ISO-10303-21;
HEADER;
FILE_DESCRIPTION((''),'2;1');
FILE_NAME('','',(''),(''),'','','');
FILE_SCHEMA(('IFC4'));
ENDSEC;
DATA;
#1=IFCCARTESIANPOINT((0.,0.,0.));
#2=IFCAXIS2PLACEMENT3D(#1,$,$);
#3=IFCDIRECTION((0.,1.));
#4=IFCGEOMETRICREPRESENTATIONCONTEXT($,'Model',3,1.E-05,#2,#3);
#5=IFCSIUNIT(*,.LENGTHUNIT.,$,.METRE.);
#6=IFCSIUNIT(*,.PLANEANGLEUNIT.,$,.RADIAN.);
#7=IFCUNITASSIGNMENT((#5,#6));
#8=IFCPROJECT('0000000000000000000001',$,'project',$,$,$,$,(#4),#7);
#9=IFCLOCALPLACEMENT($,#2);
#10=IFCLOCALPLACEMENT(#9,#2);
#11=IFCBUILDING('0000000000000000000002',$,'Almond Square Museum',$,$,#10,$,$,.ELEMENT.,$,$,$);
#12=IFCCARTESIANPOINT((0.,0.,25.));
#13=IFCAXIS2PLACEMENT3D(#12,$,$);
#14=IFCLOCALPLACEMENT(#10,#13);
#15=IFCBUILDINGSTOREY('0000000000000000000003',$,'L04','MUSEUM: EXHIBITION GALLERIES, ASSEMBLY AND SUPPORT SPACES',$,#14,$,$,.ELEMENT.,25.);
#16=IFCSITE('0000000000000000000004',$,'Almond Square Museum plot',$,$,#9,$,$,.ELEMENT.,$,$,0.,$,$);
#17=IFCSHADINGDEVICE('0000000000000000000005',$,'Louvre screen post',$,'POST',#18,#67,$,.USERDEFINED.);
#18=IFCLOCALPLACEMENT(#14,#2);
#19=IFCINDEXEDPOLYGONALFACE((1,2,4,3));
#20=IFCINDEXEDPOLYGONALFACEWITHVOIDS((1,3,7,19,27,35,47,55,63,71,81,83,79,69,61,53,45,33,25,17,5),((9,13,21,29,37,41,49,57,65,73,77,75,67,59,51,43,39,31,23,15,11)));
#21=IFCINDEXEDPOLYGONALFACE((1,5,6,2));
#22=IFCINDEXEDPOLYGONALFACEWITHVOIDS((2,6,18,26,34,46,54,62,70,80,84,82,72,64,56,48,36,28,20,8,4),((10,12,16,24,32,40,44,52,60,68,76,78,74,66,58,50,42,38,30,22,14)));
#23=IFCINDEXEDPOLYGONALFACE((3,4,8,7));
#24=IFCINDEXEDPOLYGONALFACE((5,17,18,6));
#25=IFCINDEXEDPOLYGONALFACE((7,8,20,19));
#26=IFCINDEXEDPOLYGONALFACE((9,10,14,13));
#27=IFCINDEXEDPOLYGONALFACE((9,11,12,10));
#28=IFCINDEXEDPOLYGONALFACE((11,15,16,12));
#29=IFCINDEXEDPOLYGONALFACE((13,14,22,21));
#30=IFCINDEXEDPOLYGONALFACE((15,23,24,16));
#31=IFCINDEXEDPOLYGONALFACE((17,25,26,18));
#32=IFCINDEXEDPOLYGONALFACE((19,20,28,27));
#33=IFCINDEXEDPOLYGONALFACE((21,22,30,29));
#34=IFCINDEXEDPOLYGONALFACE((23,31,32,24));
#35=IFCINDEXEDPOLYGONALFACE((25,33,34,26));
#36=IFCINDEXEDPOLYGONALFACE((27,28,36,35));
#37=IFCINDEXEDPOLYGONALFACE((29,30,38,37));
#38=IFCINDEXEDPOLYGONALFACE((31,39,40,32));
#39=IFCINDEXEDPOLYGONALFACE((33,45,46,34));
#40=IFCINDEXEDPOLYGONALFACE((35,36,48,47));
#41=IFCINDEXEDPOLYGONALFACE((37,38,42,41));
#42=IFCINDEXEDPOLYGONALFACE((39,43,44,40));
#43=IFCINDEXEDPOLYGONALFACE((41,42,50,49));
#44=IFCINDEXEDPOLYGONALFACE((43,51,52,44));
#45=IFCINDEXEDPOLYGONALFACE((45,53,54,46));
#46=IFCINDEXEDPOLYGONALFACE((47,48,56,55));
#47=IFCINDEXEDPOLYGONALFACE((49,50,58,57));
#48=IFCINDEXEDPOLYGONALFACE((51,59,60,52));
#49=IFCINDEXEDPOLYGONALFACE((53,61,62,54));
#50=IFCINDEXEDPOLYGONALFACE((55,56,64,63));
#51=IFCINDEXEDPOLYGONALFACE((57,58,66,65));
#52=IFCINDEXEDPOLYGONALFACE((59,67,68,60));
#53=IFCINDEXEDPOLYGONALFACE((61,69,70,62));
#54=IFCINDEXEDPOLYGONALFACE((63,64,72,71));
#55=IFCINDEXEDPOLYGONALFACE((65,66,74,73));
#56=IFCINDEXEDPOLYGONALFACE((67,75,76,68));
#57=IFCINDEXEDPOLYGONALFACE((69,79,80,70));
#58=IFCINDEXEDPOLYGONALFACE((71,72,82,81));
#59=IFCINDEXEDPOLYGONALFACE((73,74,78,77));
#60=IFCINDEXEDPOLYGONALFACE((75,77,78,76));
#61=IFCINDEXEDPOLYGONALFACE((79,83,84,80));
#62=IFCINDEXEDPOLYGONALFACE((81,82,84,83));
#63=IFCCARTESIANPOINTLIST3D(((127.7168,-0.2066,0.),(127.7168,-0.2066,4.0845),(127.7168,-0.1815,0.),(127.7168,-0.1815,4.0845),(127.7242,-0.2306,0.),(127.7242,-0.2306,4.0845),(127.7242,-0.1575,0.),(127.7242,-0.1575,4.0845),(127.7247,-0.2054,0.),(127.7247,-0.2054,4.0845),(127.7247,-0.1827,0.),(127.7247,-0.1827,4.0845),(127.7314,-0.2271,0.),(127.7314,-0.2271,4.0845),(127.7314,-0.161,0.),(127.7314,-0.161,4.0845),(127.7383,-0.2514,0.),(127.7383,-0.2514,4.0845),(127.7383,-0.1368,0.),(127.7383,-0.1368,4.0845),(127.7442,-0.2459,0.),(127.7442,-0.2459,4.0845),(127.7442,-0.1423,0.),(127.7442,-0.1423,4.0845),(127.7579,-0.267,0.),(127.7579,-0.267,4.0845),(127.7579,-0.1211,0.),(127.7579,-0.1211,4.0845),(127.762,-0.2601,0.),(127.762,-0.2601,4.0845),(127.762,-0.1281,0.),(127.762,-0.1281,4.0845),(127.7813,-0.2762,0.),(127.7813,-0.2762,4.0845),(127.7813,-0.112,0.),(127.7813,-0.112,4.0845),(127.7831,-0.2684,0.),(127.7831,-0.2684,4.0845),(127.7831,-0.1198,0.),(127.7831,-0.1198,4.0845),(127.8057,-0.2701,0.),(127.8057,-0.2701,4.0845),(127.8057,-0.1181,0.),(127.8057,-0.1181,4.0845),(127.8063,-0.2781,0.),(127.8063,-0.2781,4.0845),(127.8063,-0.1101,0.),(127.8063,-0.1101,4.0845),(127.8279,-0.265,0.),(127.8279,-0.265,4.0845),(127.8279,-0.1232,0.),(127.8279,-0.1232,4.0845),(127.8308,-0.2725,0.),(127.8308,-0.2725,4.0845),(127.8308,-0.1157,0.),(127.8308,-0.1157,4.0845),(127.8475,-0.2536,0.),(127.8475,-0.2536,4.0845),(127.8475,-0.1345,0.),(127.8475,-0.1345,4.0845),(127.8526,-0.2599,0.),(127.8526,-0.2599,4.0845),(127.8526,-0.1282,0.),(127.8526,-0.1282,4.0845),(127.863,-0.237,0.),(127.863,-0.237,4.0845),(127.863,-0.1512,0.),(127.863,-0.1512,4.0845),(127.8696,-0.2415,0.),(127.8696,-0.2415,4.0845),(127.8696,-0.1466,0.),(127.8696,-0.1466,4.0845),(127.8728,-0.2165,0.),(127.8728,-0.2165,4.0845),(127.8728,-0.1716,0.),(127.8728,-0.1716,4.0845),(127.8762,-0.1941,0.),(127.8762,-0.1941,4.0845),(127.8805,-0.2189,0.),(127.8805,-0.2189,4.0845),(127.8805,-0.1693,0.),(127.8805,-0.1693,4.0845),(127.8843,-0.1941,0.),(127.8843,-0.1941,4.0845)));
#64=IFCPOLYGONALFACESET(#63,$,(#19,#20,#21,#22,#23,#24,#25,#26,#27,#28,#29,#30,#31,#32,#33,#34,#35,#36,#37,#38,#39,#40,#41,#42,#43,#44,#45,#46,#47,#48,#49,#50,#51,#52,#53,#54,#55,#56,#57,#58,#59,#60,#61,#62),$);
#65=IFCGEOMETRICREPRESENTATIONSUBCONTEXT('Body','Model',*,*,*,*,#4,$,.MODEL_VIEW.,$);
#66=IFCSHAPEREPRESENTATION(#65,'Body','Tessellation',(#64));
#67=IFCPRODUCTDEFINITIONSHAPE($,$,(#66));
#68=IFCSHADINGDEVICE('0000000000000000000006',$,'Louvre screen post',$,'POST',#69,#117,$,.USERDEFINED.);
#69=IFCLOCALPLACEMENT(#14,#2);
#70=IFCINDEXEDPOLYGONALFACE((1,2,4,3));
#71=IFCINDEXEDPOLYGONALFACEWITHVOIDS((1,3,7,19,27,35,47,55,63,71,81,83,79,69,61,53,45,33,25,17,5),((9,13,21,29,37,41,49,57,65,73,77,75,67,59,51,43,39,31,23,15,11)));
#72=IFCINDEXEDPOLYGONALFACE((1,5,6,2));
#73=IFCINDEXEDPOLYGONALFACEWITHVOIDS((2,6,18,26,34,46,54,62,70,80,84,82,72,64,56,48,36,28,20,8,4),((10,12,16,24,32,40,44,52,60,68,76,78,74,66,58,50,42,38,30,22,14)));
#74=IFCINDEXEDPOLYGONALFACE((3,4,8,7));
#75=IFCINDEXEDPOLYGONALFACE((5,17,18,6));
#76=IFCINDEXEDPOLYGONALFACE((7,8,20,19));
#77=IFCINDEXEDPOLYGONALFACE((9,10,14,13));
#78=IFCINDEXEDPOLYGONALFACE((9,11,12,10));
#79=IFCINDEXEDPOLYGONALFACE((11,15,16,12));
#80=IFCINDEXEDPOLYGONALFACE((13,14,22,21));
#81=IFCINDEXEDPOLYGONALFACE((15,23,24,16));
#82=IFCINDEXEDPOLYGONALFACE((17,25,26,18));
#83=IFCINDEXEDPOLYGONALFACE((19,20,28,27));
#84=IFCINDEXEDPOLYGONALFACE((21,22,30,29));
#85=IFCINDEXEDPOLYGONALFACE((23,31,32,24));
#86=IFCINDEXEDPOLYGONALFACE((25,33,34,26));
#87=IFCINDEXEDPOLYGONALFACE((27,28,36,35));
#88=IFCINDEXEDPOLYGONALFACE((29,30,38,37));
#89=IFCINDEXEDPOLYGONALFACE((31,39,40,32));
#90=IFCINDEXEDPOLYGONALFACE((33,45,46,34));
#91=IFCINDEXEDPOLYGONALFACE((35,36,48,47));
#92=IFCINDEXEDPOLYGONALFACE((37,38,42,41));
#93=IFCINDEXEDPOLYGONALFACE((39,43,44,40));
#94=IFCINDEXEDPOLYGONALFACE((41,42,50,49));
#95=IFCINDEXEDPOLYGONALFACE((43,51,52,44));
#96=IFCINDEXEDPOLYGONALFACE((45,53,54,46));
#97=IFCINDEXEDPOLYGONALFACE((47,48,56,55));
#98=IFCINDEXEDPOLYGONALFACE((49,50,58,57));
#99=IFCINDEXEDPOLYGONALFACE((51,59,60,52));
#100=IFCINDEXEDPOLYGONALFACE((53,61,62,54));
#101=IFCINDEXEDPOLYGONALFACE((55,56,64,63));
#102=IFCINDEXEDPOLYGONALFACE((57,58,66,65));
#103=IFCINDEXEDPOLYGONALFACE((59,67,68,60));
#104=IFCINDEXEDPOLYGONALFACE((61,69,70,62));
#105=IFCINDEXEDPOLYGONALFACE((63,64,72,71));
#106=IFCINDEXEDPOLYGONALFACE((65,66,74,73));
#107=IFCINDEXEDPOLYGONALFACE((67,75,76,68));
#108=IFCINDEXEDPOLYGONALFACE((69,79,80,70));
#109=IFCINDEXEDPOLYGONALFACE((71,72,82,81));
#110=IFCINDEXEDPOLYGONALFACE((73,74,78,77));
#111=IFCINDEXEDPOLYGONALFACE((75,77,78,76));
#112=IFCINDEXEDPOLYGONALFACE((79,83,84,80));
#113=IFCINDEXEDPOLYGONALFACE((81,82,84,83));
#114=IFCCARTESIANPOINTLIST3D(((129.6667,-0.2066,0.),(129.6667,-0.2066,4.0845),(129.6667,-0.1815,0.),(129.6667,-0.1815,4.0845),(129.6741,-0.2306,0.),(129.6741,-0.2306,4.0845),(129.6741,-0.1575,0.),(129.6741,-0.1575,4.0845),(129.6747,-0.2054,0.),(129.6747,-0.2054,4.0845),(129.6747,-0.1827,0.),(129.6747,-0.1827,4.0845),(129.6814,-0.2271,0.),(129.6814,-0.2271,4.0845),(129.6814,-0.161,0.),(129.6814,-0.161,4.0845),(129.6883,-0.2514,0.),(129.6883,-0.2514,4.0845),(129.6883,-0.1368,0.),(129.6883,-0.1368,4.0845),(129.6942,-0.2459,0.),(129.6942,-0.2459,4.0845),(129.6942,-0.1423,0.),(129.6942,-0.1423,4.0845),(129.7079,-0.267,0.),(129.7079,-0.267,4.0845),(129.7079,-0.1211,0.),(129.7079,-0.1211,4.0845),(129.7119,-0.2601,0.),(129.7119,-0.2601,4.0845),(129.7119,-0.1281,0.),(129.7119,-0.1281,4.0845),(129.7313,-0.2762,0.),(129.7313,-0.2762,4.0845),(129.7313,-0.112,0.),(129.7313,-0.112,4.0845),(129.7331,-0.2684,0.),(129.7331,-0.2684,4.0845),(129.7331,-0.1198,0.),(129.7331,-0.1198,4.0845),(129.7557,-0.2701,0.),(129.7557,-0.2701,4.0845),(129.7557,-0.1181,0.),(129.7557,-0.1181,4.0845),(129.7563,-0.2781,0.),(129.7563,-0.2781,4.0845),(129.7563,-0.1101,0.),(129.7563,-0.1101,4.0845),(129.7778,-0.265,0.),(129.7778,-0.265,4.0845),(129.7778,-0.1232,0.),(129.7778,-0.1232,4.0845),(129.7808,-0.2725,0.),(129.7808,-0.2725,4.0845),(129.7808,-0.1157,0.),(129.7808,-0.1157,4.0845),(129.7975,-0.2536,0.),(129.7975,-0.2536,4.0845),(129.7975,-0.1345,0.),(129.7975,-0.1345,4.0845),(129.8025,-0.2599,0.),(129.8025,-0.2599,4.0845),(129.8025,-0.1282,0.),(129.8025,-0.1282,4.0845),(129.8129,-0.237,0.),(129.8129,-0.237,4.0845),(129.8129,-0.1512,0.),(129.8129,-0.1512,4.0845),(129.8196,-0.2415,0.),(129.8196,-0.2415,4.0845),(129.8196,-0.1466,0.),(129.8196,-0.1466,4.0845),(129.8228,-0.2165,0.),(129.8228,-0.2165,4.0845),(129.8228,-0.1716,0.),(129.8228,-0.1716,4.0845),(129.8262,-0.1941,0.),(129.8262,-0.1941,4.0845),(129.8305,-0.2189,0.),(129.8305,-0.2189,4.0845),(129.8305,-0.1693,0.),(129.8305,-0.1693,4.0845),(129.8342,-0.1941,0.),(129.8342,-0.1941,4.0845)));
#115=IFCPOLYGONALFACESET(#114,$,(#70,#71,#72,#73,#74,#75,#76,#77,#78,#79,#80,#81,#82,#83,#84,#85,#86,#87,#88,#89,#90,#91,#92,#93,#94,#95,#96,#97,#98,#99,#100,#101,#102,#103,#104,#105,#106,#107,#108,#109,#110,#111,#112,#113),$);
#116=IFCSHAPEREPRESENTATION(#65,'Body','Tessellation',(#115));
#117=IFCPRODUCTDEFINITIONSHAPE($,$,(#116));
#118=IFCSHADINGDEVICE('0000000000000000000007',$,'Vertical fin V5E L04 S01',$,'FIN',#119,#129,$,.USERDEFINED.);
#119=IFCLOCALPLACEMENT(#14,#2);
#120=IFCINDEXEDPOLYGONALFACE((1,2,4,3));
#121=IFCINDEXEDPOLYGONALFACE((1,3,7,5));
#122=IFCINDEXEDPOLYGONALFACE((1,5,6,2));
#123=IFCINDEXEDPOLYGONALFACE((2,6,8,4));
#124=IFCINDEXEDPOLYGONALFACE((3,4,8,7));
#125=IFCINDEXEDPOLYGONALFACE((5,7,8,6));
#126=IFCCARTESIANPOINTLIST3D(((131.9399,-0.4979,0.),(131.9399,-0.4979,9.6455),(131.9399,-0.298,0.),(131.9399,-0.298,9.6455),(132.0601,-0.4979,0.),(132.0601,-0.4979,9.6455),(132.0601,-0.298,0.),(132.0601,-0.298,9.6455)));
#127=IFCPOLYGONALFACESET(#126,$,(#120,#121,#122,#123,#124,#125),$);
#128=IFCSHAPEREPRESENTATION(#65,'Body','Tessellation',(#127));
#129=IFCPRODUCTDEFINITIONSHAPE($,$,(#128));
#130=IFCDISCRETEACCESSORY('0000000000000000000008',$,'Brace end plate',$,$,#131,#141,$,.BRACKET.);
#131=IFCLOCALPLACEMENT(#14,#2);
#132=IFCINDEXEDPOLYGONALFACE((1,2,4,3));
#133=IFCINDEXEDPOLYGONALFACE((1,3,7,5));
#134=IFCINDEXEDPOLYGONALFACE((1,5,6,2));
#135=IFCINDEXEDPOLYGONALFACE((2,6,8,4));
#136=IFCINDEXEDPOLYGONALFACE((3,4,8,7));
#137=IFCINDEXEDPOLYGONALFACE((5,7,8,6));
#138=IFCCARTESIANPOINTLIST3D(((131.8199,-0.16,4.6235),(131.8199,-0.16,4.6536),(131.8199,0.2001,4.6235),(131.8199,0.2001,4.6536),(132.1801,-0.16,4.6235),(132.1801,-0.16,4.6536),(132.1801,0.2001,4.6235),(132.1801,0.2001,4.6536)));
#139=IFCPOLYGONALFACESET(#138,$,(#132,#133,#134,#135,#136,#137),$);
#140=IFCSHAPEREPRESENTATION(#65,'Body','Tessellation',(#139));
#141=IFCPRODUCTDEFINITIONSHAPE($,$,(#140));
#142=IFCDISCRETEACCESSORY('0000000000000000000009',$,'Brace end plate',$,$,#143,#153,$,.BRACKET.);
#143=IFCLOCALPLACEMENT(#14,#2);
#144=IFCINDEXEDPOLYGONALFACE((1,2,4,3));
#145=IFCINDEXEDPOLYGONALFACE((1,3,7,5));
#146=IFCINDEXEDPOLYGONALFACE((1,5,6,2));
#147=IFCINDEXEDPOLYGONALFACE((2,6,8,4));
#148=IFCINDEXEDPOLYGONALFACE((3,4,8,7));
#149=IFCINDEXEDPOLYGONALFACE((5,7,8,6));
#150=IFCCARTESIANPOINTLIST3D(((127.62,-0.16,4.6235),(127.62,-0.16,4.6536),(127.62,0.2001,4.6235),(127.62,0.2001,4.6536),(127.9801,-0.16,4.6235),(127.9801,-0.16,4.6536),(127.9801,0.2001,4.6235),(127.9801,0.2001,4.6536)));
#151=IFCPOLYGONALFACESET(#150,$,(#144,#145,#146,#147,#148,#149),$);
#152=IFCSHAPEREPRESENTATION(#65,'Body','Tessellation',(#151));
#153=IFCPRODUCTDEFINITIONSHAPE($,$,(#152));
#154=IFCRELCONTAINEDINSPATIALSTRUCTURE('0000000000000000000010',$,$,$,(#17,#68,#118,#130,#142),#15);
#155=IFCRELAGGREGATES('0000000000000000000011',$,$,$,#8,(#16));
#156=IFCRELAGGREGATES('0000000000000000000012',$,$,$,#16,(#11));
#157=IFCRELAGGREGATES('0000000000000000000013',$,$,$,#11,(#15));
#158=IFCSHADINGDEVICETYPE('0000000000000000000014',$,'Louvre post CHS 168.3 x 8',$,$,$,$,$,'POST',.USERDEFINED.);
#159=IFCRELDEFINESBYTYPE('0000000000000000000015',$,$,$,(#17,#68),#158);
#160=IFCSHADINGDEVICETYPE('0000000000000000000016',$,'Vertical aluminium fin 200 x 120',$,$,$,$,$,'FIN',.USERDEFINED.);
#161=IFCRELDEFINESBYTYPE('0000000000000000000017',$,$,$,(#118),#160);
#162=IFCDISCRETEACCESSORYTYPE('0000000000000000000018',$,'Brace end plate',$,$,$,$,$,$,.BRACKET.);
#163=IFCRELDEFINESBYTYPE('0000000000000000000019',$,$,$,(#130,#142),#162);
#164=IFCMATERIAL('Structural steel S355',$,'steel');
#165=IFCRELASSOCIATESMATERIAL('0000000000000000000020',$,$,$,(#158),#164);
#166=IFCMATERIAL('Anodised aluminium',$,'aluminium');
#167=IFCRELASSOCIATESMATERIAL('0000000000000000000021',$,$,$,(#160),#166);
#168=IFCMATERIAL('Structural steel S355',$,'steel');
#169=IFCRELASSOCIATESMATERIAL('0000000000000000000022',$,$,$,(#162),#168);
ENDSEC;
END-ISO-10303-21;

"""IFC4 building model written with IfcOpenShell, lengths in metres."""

from ifc_helpers import new_model, si_unit, direction, frame, origin, origin_2d, place, context, subcontext, project, spatial, rectangle, hollow_circle, extrude, material, material_profile, profile_set, type_object, element, save


model = new_model("IFC4")

# Units and contexts
model_context = context("Model", 3, precision=1e-05, world=origin(), true_north=direction((0.0, 1.0)))
body_context = subcontext(model_context, "Body", "Model", "MODEL_VIEW")
ifc_project = project(units=[si_unit("LENGTHUNIT", "METRE"), si_unit("PLANEANGLEUNIT", "RADIAN")], contexts=[model_context])

# Site, building, storey
site_placement = place(None, origin())
site = spatial("IfcSite", under=ifc_project, at=site_placement, Name="Almond Square Museum plot", CompositionType="ELEMENT", RefElevation=0.0)
building_placement = place(site_placement, origin())
building = spatial("IfcBuilding", under=site, at=building_placement, Name="Almond Square Museum", CompositionType="ELEMENT")
storey_placement = place(building_placement, frame((0.0, 0.0, 25.0)))
storey = spatial("IfcBuildingStorey", under=building, at=storey_placement, Name="L04", Description="MUSEUM: EXHIBITION GALLERIES, ASSEMBLY AND SUPPORT SPACES", CompositionType="ELEMENT", Elevation=25.0)

# Shading devices
ifc_material_1 = material(Name="Structural steel S355", Category="steel")
ifc_material_profile_1 = material_profile(ifc_material_1, hollow_circle(Radius=0.0842, WallThickness=0.0081, at=origin_2d()))
ifc_profile_set_1 = profile_set([ifc_material_profile_1], Name="Structural steel S355")
shading_device_type_1 = type_object("IfcShadingDeviceType", Name="Louvre post CHS 168.3 x 8", ElementType="POST", PredefinedType="USERDEFINED", material=ifc_profile_set_1)
for number, where, z_axis, x_axis, name in (
    (1, (127.8, -0.1941, 0.0), (0.0, 0.0, 1.0), (1.0, 0.0, 0.0), "Louvre screen post"),
    (2, (129.75, -0.1941, 0.0), (0.0, 0.0, 1.0), (1.0, 0.0, 0.0), "Louvre screen post"),
):
    element("IfcShadingDevice", number, at=place(storey_placement, frame(where, z_axis=z_axis, x_axis=x_axis)), inside=storey, type_object=shading_device_type_1, Name=name, ObjectType="POST", PredefinedType="USERDEFINED", context=body_context, shape_type="SweptSolid", body=[
        extrude(hollow_circle(Radius=0.0842, WallThickness=0.0081, at=origin_2d()), origin(), (0.0, 0.0, 1.0), 4.0845),
    ])
ifc_material_2 = material(Name="Anodised aluminium", Category="aluminium")
ifc_material_profile_2 = material_profile(ifc_material_2, rectangle(XDim=0.2, YDim=0.1201, at=origin_2d()))
ifc_profile_set_2 = profile_set([ifc_material_profile_2], Name="Anodised aluminium")
shading_device_type_2 = type_object("IfcShadingDeviceType", Name="Vertical aluminium fin 200 x 120", ElementType="FIN", PredefinedType="USERDEFINED", material=ifc_profile_set_2)
shading_device_placement = place(storey_placement, frame((132.0, -0.3979, 0.0), z_axis=(0.0, 0.0, 1.0), x_axis=(0.0, -1.0, 0.0)))
element("IfcShadingDevice", 3, at=shading_device_placement, inside=storey, type_object=shading_device_type_2, Name="Vertical fin V5E L04 S01", ObjectType="FIN", PredefinedType="USERDEFINED", context=body_context, shape_type="SweptSolid", body=[
    extrude(rectangle(XDim=0.2, YDim=0.1201, at=origin_2d()), origin(), (0.0, 0.0, 1.0), 9.6455),
])

# Discrete accessories
ifc_material_3 = material(Name="Structural steel S355", Category="steel")
discrete_accessory_type = type_object("IfcDiscreteAccessoryType", Name="Brace end plate", PredefinedType="BRACKET", material=ifc_material_3)
for number, where, z_axis, x_axis, name in (
    (4, (132.0, 0.02, 4.6235), (0.0, 0.0, 1.0), (1.0, 0.0, 0.0), "Brace end plate"),
    (5, (127.8, 0.02, 4.6235), (0.0, 0.0, 1.0), (1.0, 0.0, 0.0), "Brace end plate"),
):
    element("IfcDiscreteAccessory", number, at=place(storey_placement, frame(where, z_axis=z_axis, x_axis=x_axis)), inside=storey, type_object=discrete_accessory_type, Name=name, PredefinedType="BRACKET", context=body_context, shape_type="SweptSolid", body=[
        extrude(rectangle(XDim=0.3601, YDim=0.3601, at=origin_2d()), origin(), (0.0, 0.0, 1.0), 0.03),
    ])

save(model, "model.ifc")
